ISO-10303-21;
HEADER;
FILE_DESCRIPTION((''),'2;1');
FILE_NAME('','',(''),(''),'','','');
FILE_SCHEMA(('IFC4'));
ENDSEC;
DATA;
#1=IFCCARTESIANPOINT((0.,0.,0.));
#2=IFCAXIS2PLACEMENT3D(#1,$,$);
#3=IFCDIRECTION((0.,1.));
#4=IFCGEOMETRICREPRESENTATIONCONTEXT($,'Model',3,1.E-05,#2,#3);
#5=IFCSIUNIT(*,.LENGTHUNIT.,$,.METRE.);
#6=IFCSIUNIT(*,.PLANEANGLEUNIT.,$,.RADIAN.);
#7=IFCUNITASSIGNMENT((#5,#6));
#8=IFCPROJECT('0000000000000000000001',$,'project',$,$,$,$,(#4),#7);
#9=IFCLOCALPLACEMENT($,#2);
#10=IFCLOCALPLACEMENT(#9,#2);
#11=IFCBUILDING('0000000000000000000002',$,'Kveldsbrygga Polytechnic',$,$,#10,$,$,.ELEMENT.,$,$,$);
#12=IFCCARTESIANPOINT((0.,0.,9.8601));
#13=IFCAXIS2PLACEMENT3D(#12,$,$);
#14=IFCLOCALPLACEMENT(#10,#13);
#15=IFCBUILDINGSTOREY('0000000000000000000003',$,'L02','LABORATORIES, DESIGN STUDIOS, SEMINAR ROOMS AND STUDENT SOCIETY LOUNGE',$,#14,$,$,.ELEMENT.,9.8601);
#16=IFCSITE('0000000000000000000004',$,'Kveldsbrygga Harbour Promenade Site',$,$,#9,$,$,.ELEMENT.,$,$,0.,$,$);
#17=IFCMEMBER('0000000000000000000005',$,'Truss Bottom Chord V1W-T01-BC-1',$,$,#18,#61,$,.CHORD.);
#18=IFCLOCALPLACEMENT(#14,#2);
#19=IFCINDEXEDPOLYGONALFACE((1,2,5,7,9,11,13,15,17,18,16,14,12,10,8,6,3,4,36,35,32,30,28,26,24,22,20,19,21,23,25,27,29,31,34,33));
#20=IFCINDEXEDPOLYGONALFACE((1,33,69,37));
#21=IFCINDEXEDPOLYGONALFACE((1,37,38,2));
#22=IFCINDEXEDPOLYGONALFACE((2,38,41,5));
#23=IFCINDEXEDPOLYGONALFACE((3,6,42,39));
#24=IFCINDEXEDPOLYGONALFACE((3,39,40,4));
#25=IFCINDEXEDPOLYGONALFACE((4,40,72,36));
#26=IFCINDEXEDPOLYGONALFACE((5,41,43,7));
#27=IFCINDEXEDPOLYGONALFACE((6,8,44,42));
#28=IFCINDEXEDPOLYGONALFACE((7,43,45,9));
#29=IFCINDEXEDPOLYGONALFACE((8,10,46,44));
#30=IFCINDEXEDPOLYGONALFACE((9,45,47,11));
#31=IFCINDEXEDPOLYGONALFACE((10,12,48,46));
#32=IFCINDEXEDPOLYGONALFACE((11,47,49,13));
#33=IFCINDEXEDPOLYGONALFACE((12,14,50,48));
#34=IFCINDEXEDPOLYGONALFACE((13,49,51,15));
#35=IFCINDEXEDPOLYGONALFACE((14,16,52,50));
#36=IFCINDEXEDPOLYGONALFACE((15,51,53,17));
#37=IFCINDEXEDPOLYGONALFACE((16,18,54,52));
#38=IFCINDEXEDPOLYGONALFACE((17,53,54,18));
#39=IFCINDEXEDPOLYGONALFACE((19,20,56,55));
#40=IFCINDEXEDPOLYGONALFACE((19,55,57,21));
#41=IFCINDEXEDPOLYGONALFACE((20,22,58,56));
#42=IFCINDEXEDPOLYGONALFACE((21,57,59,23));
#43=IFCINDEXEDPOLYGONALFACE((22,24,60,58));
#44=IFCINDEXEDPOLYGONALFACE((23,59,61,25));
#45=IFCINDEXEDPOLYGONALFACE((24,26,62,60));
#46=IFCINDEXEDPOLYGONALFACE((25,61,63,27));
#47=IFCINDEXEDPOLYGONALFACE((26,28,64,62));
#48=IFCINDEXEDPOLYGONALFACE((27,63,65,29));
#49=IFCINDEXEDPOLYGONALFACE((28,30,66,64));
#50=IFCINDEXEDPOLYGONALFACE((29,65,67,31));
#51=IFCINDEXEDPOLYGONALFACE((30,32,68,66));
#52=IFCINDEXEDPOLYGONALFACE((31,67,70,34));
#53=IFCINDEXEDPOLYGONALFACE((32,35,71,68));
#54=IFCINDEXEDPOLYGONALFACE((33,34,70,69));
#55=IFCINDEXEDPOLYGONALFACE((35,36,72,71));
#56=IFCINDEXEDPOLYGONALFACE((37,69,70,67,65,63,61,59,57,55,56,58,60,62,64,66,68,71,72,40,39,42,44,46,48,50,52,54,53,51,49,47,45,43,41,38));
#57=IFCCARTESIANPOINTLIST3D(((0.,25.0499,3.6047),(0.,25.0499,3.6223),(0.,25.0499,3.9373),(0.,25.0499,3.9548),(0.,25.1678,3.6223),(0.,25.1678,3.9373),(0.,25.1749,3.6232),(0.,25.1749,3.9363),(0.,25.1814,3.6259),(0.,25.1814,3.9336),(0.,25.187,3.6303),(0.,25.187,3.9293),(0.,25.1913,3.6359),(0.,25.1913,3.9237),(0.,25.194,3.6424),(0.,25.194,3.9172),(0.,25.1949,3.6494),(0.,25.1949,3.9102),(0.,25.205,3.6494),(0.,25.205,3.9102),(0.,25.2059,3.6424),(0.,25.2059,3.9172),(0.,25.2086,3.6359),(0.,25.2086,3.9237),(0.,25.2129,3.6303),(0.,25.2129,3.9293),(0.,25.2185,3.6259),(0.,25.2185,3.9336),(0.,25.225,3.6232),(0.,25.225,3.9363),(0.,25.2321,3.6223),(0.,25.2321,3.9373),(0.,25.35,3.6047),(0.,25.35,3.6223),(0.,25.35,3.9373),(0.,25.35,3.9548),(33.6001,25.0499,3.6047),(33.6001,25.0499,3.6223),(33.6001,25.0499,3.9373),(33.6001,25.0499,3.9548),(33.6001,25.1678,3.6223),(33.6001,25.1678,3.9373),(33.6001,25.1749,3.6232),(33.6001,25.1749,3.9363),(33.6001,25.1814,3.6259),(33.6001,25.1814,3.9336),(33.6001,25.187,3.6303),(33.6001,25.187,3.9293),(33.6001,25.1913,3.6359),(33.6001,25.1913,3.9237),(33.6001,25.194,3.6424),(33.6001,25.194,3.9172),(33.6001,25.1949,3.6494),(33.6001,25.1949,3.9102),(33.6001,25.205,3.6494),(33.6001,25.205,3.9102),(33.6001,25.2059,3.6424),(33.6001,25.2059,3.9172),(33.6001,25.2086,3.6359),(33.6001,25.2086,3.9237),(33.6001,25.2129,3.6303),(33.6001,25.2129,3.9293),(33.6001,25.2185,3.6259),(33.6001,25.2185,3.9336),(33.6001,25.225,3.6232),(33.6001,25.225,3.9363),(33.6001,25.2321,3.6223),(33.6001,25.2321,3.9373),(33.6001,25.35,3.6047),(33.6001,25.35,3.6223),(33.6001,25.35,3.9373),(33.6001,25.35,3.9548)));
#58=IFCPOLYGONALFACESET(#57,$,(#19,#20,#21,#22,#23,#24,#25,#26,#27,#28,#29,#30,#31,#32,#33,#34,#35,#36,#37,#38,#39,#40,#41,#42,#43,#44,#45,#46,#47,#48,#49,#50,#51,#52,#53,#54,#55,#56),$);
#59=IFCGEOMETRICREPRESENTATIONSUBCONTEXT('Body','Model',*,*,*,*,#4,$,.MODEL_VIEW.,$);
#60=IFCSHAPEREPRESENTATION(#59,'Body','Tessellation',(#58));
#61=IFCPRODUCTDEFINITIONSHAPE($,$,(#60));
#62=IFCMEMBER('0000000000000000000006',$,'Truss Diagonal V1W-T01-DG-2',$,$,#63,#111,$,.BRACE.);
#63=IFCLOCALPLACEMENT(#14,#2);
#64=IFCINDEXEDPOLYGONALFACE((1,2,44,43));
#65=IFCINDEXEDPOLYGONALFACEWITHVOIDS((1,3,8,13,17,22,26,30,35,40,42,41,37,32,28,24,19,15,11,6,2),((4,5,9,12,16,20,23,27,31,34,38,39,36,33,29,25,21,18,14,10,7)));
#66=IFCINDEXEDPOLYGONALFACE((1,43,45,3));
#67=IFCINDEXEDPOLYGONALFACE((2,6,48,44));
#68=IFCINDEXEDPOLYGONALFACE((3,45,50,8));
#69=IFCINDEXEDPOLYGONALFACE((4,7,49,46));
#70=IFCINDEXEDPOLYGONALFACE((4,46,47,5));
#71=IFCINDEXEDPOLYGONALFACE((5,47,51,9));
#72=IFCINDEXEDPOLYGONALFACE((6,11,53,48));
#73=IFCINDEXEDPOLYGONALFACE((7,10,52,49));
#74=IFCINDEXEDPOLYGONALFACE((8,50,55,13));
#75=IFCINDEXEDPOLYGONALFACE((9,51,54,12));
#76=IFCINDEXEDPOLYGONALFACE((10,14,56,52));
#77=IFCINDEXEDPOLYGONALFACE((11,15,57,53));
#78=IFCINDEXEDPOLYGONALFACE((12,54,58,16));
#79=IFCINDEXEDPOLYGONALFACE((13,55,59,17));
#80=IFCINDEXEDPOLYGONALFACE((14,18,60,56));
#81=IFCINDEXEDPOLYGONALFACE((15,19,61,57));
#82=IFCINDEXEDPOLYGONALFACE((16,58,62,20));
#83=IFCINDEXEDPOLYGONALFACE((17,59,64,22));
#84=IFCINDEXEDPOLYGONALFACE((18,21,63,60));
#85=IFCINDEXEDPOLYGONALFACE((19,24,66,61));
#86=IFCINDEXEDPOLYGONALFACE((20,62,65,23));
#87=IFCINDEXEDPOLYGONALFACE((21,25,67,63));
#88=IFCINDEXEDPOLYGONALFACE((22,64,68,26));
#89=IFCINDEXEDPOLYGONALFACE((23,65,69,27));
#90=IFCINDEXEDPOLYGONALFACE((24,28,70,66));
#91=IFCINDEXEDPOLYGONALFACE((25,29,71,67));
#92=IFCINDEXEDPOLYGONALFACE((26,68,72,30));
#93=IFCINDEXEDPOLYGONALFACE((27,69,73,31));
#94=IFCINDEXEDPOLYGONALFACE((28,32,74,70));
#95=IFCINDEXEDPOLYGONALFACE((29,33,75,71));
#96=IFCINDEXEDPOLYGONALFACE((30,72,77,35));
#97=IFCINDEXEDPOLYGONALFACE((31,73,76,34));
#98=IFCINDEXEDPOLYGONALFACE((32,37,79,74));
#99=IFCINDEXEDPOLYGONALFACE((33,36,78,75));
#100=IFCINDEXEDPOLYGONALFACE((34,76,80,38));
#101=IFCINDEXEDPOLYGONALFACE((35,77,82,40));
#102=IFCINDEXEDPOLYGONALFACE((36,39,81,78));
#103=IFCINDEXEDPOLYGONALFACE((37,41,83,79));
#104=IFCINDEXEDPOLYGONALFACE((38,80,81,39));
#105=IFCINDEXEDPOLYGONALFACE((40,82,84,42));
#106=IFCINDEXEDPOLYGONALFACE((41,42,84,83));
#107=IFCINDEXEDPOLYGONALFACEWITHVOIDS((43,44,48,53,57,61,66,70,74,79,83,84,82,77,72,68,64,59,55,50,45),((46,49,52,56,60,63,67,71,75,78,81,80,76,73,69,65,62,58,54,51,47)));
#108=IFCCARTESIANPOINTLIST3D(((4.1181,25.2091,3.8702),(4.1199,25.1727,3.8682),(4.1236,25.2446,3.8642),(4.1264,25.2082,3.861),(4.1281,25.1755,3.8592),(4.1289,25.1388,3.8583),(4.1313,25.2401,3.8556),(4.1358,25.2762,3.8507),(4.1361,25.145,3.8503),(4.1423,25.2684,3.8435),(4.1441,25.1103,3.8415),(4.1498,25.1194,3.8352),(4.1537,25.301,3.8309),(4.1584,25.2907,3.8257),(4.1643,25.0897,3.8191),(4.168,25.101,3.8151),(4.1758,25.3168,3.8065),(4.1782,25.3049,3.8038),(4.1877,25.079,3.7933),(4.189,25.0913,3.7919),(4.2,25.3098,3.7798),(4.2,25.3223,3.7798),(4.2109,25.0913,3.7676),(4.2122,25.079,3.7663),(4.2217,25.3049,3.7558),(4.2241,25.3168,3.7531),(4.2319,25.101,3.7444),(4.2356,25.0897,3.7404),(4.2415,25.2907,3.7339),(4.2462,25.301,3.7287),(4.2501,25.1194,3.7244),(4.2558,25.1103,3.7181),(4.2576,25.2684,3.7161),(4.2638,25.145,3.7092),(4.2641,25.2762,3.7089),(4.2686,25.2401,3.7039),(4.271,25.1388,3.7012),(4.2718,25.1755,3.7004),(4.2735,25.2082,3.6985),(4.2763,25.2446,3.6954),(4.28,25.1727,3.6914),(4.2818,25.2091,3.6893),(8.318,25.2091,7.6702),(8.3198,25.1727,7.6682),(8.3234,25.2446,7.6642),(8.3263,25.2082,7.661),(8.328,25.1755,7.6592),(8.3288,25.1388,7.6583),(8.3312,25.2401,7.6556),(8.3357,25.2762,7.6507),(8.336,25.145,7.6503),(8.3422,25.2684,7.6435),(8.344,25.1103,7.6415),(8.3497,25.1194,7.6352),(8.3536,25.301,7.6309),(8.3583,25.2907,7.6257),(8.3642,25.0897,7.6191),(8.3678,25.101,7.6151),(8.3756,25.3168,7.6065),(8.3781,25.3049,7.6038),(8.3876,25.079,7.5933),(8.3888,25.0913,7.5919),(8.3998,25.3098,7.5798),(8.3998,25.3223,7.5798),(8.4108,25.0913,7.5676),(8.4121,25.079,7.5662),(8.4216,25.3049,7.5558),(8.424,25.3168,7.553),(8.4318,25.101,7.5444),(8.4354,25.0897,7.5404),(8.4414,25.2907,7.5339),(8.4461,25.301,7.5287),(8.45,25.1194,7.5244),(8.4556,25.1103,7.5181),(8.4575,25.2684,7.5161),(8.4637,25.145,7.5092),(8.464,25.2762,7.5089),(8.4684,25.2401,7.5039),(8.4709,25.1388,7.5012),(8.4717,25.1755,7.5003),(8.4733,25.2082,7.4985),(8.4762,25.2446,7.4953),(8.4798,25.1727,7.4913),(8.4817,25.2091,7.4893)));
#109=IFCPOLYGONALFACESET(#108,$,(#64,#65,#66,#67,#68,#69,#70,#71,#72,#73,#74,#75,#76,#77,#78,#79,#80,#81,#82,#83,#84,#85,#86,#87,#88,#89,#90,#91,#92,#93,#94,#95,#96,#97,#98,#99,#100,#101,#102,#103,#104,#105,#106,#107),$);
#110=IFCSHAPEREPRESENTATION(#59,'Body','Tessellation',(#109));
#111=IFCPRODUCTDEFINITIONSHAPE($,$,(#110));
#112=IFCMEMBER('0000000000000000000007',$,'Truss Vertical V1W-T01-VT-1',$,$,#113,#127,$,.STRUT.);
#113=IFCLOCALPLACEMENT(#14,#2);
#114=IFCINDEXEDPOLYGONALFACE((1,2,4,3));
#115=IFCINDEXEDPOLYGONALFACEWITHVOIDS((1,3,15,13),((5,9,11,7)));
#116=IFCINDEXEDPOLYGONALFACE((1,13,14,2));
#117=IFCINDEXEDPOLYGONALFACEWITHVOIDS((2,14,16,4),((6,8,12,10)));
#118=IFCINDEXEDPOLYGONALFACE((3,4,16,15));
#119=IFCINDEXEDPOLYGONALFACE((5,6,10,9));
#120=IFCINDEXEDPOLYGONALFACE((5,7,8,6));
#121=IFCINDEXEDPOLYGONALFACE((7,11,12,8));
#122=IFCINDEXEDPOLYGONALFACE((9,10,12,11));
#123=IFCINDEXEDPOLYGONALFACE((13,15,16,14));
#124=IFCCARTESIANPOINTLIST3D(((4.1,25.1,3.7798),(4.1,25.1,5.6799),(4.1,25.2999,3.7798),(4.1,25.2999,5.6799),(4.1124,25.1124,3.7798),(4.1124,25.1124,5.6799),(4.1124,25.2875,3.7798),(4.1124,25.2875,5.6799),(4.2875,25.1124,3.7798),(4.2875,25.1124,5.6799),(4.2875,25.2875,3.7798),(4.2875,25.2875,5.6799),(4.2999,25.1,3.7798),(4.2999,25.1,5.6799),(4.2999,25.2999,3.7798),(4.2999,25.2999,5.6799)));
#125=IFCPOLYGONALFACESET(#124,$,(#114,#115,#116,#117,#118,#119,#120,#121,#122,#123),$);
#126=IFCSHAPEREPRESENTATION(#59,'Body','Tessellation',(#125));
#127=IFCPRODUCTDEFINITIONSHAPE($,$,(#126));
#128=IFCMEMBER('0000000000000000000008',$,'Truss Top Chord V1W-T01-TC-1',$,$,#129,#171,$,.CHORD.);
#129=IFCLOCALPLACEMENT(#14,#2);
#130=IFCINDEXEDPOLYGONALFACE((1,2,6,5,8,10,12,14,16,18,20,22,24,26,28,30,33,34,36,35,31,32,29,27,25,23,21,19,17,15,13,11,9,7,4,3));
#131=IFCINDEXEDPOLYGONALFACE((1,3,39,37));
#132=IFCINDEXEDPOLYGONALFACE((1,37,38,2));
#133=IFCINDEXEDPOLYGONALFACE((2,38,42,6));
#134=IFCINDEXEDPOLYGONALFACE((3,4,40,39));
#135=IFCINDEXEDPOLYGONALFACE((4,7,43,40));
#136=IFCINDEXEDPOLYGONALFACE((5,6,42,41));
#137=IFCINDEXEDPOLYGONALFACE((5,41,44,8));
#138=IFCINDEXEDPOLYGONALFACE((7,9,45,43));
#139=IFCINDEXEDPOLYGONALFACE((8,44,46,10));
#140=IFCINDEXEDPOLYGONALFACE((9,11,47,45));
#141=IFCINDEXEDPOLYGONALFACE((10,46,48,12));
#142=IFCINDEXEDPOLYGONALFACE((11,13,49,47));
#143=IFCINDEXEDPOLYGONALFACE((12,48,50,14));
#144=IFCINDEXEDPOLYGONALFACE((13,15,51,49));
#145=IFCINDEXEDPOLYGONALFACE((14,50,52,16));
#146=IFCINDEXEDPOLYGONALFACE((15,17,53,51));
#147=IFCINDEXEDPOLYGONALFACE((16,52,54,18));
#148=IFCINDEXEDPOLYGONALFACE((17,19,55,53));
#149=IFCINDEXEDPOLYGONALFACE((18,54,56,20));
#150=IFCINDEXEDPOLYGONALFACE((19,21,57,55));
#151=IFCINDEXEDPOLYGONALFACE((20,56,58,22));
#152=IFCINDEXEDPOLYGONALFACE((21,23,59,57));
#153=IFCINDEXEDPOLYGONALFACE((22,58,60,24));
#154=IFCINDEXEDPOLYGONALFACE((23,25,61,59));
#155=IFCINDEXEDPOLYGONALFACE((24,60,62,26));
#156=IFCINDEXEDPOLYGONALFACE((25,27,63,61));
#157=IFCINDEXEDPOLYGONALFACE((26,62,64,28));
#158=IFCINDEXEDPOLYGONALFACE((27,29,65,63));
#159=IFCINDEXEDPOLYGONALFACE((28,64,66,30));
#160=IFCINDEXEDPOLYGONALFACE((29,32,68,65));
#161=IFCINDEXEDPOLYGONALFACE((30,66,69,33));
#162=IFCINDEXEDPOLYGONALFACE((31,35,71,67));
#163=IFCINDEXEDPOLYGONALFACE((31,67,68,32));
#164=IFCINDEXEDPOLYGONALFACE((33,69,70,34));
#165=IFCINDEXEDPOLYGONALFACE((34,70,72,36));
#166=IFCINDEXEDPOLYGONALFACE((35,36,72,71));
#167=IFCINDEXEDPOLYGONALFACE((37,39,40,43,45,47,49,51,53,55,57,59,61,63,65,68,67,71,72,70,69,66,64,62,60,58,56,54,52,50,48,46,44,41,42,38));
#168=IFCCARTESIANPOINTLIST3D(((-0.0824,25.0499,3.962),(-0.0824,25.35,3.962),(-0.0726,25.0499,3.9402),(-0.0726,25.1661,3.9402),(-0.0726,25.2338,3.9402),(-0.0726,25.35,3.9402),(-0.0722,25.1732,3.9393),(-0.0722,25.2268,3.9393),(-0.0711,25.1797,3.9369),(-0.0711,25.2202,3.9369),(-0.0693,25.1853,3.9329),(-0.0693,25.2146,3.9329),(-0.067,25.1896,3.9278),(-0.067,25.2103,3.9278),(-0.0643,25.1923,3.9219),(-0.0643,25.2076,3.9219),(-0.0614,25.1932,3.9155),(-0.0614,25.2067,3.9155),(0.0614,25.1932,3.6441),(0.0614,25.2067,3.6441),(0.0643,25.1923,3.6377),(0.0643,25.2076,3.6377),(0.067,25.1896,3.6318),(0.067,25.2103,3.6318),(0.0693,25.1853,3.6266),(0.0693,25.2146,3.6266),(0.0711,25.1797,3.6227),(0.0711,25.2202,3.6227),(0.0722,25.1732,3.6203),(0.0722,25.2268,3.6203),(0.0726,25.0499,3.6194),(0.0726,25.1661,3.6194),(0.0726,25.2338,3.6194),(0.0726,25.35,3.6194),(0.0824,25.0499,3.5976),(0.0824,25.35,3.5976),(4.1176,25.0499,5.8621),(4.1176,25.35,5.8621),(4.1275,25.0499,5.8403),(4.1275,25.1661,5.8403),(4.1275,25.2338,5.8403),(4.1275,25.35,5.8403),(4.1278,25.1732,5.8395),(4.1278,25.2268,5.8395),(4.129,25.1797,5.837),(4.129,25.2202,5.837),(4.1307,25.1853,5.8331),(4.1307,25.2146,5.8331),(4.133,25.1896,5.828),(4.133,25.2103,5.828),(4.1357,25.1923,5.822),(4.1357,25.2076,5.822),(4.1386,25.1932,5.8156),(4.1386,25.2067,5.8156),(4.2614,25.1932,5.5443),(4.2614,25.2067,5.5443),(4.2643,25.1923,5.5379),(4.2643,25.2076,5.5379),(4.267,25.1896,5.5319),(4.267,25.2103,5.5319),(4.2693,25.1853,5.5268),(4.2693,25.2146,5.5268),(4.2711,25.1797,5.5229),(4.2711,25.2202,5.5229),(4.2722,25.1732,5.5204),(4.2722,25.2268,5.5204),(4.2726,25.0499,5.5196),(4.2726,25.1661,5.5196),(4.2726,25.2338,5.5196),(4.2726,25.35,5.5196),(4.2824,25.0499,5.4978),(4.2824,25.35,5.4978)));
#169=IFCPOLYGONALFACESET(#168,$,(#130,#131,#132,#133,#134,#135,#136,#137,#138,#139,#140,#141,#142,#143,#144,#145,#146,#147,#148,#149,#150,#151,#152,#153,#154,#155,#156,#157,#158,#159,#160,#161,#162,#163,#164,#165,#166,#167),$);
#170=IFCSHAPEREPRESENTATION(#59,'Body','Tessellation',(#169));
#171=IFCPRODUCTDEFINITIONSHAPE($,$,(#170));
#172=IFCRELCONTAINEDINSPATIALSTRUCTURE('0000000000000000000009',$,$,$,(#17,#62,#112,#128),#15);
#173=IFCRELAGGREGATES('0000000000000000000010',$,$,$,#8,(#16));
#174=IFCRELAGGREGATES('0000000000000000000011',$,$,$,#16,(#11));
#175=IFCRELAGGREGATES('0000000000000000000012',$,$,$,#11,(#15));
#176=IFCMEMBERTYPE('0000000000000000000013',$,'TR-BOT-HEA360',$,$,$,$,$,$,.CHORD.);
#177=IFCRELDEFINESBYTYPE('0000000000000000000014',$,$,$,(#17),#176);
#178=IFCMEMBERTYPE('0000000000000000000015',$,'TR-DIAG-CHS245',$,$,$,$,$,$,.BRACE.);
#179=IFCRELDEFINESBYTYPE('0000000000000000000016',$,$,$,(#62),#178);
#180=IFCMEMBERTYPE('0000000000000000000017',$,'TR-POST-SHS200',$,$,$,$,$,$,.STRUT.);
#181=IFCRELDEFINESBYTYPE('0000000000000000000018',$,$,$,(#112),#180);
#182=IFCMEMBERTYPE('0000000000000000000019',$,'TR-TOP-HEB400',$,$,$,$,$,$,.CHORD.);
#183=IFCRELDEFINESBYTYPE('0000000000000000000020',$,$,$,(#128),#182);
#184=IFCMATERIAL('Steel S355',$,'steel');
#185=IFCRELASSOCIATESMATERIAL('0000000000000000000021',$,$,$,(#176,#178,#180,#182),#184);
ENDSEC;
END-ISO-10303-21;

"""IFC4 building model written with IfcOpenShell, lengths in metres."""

from ifc_helpers import new_model, si_unit, direction, frame, origin, origin_2d, place, context, subcontext, project, spatial, hollow_rectangle, hollow_circle, i_section, extrude, material, material_profile, profile_set, type_object, element, save


model = new_model("IFC4")

# Units and contexts
model_context = context("Model", 3, precision=1e-05, world=origin(), true_north=direction((0.0, 1.0)))
body_context = subcontext(model_context, "Body", "Model", "MODEL_VIEW")
ifc_project = project(units=[si_unit("LENGTHUNIT", "METRE"), si_unit("PLANEANGLEUNIT", "RADIAN")], contexts=[model_context])

# Site, building, storey
site_placement = place(None, origin())
site = spatial("IfcSite", under=ifc_project, at=site_placement, Name="Kveldsbrygga Harbour Promenade Site", CompositionType="ELEMENT", RefElevation=0.0)
building_placement = place(site_placement, origin())
building = spatial("IfcBuilding", under=site, at=building_placement, Name="Kveldsbrygga Polytechnic", CompositionType="ELEMENT")
storey_placement = place(building_placement, frame((0.0, 0.0, 9.8601)))
storey = spatial("IfcBuildingStorey", under=building, at=storey_placement, Name="L02", Description="LABORATORIES, DESIGN STUDIOS, SEMINAR ROOMS AND STUDENT SOCIETY LOUNGE", CompositionType="ELEMENT", Elevation=9.8601)

# Shared definitions
ifc_material_1 = material(Name="Steel S355", Category="steel")

# Members
ifc_material_profile_1 = material_profile(ifc_material_1, i_section(OverallWidth=0.3, OverallDepth=0.3501, WebThickness=0.01, FlangeThickness=0.0176, FilletRadius=0.0271, at=origin_2d()), Name="HEA 360")
ifc_profile_set_1 = profile_set([ifc_material_profile_1], Name="Steel S355")
member_type_1 = type_object("IfcMemberType", Name="TR-BOT-HEA360", PredefinedType="CHORD", material=ifc_profile_set_1)
member_1_placement = place(storey_placement, frame((0.0, 25.2, 3.7798), z_axis=(1.0, 0.0, 0.0), x_axis=(0.0, 1.0, 0.0)))
element("IfcMember", 1, at=member_1_placement, inside=storey, type_object=member_type_1, Name="Truss Bottom Chord V1W-T01-BC-1", PredefinedType="CHORD", context=body_context, shape_type="SweptSolid", body=[
    extrude(i_section(OverallWidth=0.3, OverallDepth=0.3501, WebThickness=0.01, FlangeThickness=0.0176, FilletRadius=0.0271, at=origin_2d()), origin(), (0.0, 0.0, 1.0), 33.6001),
])
ifc_material_profile_2 = material_profile(ifc_material_1, hollow_circle(Radius=0.1223, WallThickness=0.0125, at=origin_2d()), Name="CHS 244.5x12.5")
ifc_profile_set_2 = profile_set([ifc_material_profile_2], Name="Steel S355")
member_type_2 = type_object("IfcMemberType", Name="TR-DIAG-CHS245", PredefinedType="BRACE", material=ifc_profile_set_2)
member_2_placement = place(storey_placement, frame((4.2, 25.2, 3.7798), z_axis=(0.741528, 0.0, 0.670922), x_axis=(0.0, 1.0, 0.0)))
element("IfcMember", 2, at=member_2_placement, inside=storey, type_object=member_type_2, Name="Truss Diagonal V1W-T01-DG-2", PredefinedType="BRACE", context=body_context, shape_type="SweptSolid", body=[
    extrude(hollow_circle(Radius=0.1223, WallThickness=0.0125, at=origin_2d()), origin(), (0.0, 0.0, 1.0), 5.6638),
])
ifc_material_profile_3 = material_profile(ifc_material_1, hollow_rectangle(XDim=0.2, YDim=0.2, WallThickness=0.0125, at=origin_2d()), Name="SHS 200x200x12.5")
ifc_profile_set_3 = profile_set([ifc_material_profile_3], Name="Steel S355")
member_type_3 = type_object("IfcMemberType", Name="TR-POST-SHS200", PredefinedType="STRUT", material=ifc_profile_set_3)
member_3_placement = place(storey_placement, frame((4.2, 25.2, 3.7798), z_axis=(0.0, 0.0, 1.0), x_axis=(1.0, 0.0, 0.0)))
element("IfcMember", 3, at=member_3_placement, inside=storey, type_object=member_type_3, Name="Truss Vertical V1W-T01-VT-1", PredefinedType="STRUT", context=body_context, shape_type="SweptSolid", body=[
    extrude(hollow_rectangle(XDim=0.2, YDim=0.2, WallThickness=0.0125, at=origin_2d()), origin(), (0.0, 0.0, 1.0), 1.9001),
])
ifc_material_profile_4 = material_profile(ifc_material_1, i_section(OverallWidth=0.3, OverallDepth=0.3999, WebThickness=0.0134, FlangeThickness=0.0239, FilletRadius=0.0271, at=origin_2d()), Name="HEB 400")
ifc_profile_set_4 = profile_set([ifc_material_profile_4], Name="Steel S355")
member_type_4 = type_object("IfcMemberType", Name="TR-TOP-HEB400", PredefinedType="CHORD", material=ifc_profile_set_4)
member_4_placement = place(storey_placement, frame((0.0, 25.2, 3.7798), z_axis=(0.911094, 0.0, 0.412198), x_axis=(0.0, 1.0, 0.0)))
element("IfcMember", 4, at=member_4_placement, inside=storey, type_object=member_type_4, Name="Truss Top Chord V1W-T01-TC-1", PredefinedType="CHORD", context=body_context, shape_type="SweptSolid", body=[
    extrude(i_section(OverallWidth=0.3, OverallDepth=0.3999, WebThickness=0.0134, FlangeThickness=0.0239, FilletRadius=0.0271, at=origin_2d()), origin(), (0.0, 0.0, 1.0), 4.6099),
])

save(model, "model.ifc")
